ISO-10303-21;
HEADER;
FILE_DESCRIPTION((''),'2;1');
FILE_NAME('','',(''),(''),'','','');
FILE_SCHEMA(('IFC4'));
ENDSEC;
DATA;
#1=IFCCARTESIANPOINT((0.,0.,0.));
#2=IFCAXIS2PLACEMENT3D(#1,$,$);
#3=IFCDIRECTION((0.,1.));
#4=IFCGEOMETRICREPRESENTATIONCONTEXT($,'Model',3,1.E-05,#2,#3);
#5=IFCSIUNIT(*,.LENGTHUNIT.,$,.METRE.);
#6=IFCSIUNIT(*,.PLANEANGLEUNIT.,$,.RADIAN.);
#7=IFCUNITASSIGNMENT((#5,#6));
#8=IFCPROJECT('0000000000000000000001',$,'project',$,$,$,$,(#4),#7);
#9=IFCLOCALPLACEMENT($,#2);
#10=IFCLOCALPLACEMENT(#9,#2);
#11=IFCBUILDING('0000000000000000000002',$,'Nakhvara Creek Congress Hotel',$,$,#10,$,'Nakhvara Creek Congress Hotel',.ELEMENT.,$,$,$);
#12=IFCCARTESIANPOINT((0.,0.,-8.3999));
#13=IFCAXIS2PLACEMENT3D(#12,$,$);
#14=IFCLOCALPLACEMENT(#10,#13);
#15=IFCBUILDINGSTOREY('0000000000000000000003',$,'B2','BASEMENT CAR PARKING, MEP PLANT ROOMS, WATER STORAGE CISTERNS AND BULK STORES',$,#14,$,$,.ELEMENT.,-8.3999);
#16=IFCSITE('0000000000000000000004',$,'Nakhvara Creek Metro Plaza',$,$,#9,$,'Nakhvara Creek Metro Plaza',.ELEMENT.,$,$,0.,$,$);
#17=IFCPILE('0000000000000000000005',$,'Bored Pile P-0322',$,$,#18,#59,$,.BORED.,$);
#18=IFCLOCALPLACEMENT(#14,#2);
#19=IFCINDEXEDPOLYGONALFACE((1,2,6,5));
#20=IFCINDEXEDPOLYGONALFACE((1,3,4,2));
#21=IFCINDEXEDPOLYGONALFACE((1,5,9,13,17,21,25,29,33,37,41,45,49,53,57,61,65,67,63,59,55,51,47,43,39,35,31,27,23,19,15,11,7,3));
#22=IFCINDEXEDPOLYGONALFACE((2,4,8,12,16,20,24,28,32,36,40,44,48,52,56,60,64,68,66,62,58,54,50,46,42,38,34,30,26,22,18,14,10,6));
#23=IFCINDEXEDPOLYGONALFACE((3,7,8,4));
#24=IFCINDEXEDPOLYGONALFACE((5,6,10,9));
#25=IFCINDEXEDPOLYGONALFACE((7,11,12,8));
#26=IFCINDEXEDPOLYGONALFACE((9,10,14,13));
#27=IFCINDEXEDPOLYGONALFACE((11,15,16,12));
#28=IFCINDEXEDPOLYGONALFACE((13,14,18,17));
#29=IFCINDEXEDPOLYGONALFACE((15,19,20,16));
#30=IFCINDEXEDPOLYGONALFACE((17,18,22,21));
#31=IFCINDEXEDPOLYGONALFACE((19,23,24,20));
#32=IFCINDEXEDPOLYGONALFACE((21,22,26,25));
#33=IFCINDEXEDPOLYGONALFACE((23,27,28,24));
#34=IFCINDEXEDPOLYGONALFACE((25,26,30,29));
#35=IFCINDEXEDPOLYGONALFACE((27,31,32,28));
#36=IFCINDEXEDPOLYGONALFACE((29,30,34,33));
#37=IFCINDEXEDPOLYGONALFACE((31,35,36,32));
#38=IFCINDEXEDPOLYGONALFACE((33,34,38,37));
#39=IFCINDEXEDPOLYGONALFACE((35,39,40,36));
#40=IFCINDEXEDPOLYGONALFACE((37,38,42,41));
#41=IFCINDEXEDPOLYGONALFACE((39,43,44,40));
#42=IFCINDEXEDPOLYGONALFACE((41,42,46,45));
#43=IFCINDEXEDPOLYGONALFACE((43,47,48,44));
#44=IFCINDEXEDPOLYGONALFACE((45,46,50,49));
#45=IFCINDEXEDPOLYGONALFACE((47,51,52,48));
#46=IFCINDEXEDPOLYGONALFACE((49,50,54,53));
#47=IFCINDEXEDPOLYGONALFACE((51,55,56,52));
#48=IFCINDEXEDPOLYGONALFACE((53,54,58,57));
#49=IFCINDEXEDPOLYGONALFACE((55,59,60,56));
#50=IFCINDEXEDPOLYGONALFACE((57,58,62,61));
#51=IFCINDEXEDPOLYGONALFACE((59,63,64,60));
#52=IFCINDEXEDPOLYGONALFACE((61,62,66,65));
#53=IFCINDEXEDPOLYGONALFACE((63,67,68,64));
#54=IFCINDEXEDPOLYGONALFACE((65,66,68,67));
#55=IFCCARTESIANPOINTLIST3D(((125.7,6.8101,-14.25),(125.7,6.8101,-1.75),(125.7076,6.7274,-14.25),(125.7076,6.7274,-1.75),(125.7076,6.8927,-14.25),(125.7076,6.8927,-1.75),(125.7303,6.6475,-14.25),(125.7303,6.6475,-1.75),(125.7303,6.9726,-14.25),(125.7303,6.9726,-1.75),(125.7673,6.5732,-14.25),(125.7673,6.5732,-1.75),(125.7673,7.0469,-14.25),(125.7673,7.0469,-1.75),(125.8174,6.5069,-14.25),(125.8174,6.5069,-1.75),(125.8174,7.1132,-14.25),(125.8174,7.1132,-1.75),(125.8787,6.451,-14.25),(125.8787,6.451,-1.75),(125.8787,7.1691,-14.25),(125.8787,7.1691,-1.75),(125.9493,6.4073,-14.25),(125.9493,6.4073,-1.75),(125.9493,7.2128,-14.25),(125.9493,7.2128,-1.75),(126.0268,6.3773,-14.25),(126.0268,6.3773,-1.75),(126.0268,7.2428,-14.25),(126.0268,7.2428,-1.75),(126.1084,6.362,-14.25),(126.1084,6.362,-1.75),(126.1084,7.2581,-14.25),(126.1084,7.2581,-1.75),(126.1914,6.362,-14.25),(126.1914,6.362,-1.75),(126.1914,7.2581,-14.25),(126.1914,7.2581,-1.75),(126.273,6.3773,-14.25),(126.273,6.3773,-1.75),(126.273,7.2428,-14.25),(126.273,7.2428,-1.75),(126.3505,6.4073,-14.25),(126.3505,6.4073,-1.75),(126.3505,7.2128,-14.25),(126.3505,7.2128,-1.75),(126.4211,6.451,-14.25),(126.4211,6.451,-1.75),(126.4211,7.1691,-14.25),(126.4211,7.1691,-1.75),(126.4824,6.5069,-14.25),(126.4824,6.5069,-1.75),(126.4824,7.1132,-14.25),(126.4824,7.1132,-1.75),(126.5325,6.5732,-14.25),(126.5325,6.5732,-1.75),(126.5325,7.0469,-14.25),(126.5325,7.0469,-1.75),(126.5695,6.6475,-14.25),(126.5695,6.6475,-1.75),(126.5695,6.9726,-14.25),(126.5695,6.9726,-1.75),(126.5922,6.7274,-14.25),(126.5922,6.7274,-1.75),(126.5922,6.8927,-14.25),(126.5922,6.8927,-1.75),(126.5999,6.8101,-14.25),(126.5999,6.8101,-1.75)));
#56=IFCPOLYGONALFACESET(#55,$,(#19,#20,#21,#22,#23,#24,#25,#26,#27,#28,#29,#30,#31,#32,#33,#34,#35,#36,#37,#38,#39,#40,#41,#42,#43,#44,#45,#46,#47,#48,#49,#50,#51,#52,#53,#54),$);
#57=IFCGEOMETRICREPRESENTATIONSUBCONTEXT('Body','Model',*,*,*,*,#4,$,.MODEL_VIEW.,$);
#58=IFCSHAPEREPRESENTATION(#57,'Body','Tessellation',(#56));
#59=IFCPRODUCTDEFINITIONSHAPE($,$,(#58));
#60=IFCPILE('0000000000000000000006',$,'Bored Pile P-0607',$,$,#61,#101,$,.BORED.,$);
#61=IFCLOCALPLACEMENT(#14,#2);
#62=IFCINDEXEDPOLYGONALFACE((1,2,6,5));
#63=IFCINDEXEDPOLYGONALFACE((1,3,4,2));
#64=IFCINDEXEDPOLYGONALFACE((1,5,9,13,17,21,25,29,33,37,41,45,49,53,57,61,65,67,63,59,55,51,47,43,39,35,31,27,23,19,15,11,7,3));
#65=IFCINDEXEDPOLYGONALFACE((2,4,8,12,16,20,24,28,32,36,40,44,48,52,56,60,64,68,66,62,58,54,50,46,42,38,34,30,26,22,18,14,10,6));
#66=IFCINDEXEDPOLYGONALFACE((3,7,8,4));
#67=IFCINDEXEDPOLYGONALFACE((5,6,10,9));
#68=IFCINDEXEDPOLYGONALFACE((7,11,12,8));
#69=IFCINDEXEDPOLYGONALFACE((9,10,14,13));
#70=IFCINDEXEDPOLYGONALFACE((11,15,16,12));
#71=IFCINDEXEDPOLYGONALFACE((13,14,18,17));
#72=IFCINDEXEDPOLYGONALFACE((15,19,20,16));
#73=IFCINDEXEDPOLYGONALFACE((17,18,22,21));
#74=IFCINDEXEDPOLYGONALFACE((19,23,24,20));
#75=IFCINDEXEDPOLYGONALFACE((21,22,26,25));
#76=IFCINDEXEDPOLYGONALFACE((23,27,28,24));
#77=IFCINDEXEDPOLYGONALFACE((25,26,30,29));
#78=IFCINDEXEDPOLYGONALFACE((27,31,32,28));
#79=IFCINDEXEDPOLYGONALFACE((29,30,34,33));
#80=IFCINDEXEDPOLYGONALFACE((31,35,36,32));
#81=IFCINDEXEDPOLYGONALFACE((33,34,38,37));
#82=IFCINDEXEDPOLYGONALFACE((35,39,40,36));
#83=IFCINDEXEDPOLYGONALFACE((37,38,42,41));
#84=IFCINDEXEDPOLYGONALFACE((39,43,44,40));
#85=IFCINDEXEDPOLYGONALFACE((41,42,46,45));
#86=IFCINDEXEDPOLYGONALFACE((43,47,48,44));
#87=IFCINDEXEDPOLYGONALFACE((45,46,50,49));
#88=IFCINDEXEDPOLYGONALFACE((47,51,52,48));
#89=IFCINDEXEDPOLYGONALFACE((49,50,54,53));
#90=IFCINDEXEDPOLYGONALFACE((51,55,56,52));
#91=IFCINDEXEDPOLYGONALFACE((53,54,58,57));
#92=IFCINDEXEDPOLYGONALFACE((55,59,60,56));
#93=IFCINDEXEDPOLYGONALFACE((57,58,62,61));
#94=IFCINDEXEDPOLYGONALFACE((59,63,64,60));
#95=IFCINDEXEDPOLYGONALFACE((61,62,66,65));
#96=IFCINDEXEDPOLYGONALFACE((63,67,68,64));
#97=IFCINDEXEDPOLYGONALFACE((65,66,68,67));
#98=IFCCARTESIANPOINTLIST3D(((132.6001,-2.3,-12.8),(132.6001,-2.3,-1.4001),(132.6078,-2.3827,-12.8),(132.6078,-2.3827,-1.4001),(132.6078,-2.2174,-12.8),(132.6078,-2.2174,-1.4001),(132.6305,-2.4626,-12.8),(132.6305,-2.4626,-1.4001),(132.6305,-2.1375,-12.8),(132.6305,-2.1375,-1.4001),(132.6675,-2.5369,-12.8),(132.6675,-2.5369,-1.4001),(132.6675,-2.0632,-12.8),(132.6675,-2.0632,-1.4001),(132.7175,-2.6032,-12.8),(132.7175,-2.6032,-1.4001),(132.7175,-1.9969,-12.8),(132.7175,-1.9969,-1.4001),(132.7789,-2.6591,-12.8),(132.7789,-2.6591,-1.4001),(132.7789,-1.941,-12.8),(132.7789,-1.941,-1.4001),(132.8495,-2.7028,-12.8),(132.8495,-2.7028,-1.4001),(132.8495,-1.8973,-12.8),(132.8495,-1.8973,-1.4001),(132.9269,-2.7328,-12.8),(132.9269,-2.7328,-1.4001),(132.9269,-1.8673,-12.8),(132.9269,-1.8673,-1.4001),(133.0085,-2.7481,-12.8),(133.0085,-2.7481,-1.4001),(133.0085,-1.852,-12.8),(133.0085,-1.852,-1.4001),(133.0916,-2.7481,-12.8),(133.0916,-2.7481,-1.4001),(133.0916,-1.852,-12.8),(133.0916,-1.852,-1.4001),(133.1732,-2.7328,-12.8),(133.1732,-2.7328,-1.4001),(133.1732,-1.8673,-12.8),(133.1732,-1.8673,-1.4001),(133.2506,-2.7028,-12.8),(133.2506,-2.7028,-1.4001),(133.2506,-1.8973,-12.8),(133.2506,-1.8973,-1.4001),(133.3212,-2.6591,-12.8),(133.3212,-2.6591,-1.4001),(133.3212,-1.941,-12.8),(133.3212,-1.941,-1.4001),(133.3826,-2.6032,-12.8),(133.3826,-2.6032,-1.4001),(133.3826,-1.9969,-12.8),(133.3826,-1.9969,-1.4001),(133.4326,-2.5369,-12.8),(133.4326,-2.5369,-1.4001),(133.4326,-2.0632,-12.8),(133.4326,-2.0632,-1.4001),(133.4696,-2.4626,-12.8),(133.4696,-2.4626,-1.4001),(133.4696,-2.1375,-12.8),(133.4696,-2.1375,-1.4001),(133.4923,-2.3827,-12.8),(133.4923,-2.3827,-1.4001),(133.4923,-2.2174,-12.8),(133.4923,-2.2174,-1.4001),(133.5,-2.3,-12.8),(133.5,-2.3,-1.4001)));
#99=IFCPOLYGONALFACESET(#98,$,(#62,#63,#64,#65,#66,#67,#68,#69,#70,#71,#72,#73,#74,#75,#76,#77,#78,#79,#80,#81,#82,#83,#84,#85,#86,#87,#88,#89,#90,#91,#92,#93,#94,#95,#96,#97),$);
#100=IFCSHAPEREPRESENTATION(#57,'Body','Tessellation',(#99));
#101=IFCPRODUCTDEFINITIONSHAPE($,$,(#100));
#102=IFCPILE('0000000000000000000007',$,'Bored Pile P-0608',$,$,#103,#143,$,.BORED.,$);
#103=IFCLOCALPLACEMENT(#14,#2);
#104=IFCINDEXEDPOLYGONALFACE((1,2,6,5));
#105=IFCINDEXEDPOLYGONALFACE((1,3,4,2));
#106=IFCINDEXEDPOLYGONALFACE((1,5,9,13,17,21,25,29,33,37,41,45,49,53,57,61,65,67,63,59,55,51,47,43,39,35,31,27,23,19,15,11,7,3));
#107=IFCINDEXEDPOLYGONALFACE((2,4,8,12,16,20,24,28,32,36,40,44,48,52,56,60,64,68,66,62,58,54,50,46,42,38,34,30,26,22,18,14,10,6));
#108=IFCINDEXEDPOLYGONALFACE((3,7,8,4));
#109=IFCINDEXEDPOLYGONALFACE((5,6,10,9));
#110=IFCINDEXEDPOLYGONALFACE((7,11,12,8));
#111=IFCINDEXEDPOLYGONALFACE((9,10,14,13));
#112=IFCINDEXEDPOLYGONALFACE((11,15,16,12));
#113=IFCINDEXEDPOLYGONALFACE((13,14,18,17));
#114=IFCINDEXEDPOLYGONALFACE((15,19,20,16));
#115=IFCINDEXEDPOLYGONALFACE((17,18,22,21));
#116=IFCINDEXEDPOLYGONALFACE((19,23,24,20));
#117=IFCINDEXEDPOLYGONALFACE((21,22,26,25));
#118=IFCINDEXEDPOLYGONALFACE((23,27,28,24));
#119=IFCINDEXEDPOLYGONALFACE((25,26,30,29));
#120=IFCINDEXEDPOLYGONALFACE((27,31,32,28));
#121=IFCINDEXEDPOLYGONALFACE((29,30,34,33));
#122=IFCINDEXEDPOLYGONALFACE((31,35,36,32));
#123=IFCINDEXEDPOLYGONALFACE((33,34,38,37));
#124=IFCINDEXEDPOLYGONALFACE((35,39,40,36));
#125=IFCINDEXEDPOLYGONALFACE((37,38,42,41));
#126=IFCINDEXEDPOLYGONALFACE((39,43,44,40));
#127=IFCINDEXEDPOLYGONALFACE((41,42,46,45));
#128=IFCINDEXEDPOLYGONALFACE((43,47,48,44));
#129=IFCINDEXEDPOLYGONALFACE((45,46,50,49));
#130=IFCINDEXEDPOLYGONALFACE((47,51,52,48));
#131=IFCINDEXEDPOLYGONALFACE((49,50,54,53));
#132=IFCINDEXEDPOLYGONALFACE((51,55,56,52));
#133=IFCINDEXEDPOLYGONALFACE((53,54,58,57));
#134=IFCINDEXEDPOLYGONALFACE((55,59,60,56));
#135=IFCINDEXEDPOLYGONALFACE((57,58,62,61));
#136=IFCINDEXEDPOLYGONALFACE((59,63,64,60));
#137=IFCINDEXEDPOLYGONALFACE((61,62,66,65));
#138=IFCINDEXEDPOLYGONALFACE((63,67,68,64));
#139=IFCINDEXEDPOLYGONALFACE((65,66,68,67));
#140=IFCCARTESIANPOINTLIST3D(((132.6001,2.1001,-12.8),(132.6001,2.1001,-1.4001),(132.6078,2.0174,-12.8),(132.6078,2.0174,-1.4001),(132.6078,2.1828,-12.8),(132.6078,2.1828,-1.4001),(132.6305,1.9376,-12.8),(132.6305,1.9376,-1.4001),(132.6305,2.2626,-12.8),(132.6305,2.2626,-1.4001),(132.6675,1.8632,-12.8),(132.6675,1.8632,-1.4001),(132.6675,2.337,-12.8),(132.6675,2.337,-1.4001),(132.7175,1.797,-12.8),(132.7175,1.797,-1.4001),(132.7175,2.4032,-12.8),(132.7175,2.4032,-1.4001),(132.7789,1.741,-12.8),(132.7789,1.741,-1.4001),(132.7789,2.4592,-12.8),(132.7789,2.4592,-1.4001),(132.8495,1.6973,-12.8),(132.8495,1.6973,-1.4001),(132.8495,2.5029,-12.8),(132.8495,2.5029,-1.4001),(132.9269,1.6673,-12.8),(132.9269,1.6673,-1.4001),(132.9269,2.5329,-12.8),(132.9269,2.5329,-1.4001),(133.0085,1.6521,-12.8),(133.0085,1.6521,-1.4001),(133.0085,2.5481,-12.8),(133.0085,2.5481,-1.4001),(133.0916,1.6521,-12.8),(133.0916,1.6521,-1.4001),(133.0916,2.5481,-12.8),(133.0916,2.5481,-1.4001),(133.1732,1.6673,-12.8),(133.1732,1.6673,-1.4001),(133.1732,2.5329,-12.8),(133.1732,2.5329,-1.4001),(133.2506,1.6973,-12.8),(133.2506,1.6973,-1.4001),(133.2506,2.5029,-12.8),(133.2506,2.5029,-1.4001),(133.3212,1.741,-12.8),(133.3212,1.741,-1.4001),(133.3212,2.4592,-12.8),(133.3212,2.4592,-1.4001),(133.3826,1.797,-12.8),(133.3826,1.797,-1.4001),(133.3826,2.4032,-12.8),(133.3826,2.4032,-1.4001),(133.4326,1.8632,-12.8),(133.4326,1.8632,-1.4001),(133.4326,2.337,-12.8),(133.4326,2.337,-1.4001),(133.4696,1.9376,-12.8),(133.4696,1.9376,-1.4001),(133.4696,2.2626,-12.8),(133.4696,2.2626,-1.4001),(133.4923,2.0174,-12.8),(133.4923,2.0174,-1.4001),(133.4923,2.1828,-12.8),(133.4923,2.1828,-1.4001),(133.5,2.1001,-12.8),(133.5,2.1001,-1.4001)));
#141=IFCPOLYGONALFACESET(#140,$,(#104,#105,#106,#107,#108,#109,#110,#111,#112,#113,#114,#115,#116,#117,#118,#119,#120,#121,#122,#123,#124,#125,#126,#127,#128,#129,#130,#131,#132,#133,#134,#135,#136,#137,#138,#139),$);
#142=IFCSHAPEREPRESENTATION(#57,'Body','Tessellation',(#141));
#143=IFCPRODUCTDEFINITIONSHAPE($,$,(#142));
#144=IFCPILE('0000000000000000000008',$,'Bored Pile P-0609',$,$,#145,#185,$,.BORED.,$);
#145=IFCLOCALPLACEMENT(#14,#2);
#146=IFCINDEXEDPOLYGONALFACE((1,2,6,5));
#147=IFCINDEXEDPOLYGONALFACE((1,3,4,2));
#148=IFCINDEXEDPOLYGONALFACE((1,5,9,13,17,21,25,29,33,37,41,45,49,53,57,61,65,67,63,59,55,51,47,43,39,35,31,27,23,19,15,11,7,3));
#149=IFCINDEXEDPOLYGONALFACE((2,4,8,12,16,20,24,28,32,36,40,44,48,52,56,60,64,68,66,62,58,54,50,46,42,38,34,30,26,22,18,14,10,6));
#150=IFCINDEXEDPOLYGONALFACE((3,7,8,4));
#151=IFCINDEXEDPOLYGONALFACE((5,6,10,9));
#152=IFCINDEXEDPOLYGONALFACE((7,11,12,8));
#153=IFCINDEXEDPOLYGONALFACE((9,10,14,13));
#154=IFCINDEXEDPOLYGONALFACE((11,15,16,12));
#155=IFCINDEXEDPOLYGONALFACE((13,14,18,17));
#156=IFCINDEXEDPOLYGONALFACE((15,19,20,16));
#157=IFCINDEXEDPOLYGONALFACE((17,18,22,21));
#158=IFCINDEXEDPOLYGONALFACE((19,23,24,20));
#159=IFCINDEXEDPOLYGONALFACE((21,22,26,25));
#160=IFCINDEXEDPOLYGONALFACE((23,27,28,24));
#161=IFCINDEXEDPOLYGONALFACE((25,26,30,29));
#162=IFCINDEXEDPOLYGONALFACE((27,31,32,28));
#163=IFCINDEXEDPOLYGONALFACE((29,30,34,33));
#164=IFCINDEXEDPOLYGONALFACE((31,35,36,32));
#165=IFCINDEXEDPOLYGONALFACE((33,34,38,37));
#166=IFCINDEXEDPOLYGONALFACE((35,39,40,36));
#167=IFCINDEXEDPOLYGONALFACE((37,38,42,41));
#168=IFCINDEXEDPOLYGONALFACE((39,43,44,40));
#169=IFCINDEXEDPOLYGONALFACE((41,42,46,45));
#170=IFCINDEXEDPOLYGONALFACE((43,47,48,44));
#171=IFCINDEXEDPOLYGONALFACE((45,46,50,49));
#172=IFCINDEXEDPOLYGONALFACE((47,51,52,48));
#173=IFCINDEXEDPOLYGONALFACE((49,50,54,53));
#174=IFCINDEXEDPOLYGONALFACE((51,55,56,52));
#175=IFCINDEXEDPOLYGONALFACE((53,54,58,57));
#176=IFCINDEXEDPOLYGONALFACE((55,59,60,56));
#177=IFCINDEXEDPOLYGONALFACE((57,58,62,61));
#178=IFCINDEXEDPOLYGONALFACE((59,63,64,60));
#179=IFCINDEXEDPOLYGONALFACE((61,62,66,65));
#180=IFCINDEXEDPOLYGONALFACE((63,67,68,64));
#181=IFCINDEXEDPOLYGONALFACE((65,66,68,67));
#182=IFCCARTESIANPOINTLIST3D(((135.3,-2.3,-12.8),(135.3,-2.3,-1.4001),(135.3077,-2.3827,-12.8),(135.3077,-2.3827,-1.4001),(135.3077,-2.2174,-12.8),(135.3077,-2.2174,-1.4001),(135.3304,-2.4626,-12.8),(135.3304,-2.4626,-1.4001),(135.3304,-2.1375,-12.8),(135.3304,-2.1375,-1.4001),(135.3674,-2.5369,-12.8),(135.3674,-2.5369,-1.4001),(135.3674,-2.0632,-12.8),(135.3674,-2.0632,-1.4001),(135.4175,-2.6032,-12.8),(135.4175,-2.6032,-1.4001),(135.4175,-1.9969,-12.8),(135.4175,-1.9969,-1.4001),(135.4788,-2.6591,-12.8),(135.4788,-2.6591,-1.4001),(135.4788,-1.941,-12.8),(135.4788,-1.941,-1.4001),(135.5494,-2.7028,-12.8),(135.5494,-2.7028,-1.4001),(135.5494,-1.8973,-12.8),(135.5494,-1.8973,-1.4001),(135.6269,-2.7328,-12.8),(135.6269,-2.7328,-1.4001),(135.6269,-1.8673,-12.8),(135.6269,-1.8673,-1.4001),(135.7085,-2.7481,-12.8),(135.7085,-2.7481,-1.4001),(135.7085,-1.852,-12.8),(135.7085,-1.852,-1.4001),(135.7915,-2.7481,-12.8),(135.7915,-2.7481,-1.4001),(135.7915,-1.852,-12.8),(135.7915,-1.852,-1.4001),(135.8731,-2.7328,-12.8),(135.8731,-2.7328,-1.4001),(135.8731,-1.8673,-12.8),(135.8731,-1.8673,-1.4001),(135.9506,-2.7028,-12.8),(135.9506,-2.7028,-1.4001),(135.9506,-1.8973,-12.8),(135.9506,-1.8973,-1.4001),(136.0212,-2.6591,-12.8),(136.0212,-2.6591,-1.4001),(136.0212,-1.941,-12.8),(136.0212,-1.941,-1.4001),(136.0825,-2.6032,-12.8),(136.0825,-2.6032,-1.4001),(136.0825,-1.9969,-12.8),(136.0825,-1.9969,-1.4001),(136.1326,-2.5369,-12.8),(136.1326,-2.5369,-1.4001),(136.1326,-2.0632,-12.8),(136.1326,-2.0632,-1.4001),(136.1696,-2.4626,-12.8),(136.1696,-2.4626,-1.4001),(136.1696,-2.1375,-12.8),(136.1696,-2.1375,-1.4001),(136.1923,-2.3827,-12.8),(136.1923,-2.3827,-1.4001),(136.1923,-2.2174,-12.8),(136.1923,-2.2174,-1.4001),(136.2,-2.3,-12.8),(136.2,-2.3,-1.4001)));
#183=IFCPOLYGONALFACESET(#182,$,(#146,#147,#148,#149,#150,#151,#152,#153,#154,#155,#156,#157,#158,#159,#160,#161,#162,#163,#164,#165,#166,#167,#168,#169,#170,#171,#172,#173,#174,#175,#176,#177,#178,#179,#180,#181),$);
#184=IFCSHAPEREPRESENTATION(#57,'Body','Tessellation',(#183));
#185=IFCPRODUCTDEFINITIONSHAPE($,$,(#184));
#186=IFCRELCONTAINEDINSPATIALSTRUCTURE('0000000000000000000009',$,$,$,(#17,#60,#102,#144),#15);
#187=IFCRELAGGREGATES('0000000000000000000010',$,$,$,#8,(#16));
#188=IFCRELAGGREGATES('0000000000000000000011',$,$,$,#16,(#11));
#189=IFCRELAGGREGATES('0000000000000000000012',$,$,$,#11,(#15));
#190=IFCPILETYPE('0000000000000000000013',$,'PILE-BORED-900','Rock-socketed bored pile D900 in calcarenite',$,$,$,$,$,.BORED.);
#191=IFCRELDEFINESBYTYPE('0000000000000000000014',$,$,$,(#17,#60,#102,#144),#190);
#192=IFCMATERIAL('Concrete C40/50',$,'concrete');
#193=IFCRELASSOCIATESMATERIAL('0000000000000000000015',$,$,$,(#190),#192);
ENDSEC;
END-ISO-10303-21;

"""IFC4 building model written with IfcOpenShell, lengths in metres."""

from ifc_helpers import new_model, si_unit, direction, frame, origin, origin_2d, place, context, subcontext, project, spatial, circle, extrude, material, material_profile, profile_set, type_object, element, save


model = new_model("IFC4")

# Units and contexts
model_context = context("Model", 3, precision=1e-05, world=origin(), true_north=direction((0.0, 1.0)))
body_context = subcontext(model_context, "Body", "Model", "MODEL_VIEW")
ifc_project = project(units=[si_unit("LENGTHUNIT", "METRE"), si_unit("PLANEANGLEUNIT", "RADIAN")], contexts=[model_context])

# Site, building, storey
site_placement = place(None, origin())
site = spatial("IfcSite", under=ifc_project, at=site_placement, Name="Nakhvara Creek Metro Plaza", LongName="Nakhvara Creek Metro Plaza", CompositionType="ELEMENT", RefElevation=0.0)
building_placement = place(site_placement, origin())
building = spatial("IfcBuilding", under=site, at=building_placement, Name="Nakhvara Creek Congress Hotel", LongName="Nakhvara Creek Congress Hotel", CompositionType="ELEMENT")
storey_placement = place(building_placement, frame((0.0, 0.0, -8.3999)))
storey = spatial("IfcBuildingStorey", under=building, at=storey_placement, Name="B2", Description="BASEMENT CAR PARKING, MEP PLANT ROOMS, WATER STORAGE CISTERNS AND BULK STORES", CompositionType="ELEMENT", Elevation=-8.3999)

# Shared definitions
ifc_material_1 = material(Name="Concrete C40/50", Category="concrete")

# Piles
ifc_material_profile_1 = material_profile(ifc_material_1, circle(Radius=0.45, at=origin_2d()), Name="BORED PILE D900", Category="LoadBearing")
ifc_profile_set_1 = profile_set([ifc_material_profile_1], Name="Concrete C40/50")
pile_type = type_object("IfcPileType", Name="PILE-BORED-900", Description="Rock-socketed bored pile D900 in calcarenite", PredefinedType="BORED", material=ifc_profile_set_1)
for number, where, z_axis, x_axis, name in (
    (1, (126.1499, 6.8101, -1.75), (0.0, 0.0, -1.0), (1.0, 0.0, 0.0), "Bored Pile P-0322"),
):
    element("IfcPile", number, at=place(storey_placement, frame(where, z_axis=z_axis, x_axis=x_axis)), inside=storey, type_object=pile_type, Name=name, PredefinedType="BORED", context=body_context, shape_type="SweptSolid", body=[
        extrude(circle(Radius=0.45, at=origin_2d()), origin(), (0.0, 0.0, 1.0), 12.5),
    ])
for number, where, z_axis, x_axis, name in (
    (2, (133.05, -2.3, -1.4001), (0.0, 0.0, -1.0), (1.0, 0.0, 0.0), "Bored Pile P-0607"),
    (3, (133.05, 2.1001, -1.4001), (0.0, 0.0, -1.0), (1.0, 0.0, 0.0), "Bored Pile P-0608"),
    (4, (135.75, -2.3, -1.4001), (0.0, 0.0, -1.0), (1.0, 0.0, 0.0), "Bored Pile P-0609"),
):
    element("IfcPile", number, at=place(storey_placement, frame(where, z_axis=z_axis, x_axis=x_axis)), inside=storey, type_object=pile_type, Name=name, PredefinedType="BORED", context=body_context, shape_type="SweptSolid", body=[
        extrude(circle(Radius=0.45, at=origin_2d()), origin(), (0.0, 0.0, 1.0), 11.3999),
    ])

save(model, "model.ifc")
